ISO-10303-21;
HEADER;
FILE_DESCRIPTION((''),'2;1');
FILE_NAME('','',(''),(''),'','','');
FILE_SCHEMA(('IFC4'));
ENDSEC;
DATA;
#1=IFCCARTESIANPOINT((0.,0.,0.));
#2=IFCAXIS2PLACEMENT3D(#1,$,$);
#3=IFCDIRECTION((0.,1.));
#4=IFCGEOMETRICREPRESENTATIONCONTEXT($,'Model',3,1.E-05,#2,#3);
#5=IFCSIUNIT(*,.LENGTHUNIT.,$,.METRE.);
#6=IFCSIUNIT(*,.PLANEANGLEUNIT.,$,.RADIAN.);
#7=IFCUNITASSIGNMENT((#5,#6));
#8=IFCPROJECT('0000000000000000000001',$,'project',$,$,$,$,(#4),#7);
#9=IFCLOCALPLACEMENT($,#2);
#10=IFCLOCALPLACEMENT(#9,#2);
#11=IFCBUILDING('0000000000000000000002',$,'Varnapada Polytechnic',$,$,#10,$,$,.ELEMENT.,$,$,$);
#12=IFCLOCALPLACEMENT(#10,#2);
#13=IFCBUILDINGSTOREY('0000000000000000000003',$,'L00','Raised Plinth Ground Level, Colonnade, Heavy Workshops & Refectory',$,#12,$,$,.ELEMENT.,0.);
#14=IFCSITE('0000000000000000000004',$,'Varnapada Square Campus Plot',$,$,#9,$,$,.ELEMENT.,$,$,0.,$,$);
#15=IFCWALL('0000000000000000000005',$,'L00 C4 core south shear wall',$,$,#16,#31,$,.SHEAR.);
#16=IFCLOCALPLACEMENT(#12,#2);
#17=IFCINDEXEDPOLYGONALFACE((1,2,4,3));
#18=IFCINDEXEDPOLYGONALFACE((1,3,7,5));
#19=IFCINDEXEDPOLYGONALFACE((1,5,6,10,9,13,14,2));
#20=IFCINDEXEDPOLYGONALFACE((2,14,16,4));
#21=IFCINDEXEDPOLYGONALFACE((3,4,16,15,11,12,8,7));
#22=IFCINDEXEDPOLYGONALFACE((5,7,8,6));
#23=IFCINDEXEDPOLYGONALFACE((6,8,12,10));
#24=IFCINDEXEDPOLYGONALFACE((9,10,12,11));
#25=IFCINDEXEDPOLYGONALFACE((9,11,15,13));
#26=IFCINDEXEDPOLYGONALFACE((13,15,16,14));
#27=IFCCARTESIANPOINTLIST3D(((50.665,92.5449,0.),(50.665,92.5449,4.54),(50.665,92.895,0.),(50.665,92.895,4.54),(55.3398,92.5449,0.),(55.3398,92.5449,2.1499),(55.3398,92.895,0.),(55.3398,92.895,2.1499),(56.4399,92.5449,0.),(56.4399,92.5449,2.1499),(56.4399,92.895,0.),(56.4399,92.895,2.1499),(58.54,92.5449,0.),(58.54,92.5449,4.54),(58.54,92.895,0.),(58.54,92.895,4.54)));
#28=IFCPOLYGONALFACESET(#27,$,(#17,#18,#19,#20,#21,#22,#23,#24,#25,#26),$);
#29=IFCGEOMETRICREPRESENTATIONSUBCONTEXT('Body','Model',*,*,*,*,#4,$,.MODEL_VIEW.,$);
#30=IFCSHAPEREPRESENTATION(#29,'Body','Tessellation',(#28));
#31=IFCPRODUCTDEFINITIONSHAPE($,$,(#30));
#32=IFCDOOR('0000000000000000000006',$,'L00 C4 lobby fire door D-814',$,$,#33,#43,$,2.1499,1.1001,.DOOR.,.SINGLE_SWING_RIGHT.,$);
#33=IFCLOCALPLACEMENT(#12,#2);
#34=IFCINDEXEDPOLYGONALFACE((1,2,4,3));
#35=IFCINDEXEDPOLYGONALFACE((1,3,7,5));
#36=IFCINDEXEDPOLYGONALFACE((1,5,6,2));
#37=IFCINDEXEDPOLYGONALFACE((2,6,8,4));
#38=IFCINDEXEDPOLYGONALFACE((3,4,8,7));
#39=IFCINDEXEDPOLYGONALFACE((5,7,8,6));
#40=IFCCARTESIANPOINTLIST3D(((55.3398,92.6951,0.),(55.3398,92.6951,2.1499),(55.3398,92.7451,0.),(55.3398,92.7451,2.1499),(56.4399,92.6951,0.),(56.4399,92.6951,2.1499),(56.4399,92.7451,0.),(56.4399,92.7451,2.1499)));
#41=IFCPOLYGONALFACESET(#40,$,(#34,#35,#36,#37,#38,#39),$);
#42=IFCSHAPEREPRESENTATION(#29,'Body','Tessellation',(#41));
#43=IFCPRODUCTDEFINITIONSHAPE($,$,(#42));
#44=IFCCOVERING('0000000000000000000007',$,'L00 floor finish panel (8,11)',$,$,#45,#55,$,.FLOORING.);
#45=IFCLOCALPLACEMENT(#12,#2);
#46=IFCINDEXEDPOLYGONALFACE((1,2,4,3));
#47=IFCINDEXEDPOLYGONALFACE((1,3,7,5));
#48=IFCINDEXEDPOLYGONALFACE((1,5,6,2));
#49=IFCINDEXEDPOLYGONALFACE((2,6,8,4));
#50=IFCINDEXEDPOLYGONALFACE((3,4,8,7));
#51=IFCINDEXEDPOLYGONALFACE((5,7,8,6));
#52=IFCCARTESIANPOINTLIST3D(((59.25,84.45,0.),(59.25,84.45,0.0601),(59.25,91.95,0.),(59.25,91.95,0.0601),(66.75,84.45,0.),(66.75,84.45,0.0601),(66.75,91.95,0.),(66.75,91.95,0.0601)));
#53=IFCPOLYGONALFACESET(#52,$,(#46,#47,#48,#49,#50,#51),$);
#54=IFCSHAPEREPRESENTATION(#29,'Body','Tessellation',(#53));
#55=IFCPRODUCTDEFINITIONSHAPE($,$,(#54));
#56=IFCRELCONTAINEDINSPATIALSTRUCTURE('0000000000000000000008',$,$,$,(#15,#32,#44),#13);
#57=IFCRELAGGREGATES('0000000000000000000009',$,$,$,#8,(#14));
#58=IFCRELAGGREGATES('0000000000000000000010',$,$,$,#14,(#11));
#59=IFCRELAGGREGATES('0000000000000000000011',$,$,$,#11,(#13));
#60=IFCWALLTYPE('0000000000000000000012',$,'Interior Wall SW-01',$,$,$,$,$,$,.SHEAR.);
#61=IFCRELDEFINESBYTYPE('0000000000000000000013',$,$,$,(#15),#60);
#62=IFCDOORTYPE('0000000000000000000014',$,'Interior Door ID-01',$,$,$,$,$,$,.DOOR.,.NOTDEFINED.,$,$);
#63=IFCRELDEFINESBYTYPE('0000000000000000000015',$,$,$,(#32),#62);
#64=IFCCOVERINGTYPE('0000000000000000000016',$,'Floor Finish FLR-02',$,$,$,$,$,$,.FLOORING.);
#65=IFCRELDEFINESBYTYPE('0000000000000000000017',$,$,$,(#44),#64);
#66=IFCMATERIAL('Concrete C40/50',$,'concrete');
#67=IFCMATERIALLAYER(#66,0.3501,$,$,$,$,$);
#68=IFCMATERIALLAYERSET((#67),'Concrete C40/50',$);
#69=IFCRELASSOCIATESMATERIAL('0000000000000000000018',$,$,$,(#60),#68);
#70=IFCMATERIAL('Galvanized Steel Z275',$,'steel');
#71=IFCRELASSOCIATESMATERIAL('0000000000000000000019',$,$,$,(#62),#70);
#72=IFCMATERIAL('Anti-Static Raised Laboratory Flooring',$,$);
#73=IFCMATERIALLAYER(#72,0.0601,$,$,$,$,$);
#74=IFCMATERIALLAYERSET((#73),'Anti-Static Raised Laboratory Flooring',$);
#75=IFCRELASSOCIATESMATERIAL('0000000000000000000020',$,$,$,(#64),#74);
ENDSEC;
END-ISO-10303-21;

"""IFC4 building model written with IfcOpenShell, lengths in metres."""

from ifc_helpers import new_model, si_unit, direction, frame, frame_2d, origin, origin_2d, place, context, subcontext, project, spatial, rectangle, extrude, material, layer, layer_set, type_object, element, fill, save


model = new_model("IFC4")

# Units and contexts
model_context = context("Model", 3, precision=1e-05, world=origin(), true_north=direction((0.0, 1.0)))
body_context = subcontext(model_context, "Body", "Model", "MODEL_VIEW")
ifc_project = project(units=[si_unit("LENGTHUNIT", "METRE"), si_unit("PLANEANGLEUNIT", "RADIAN")], contexts=[model_context])

# Site, building, storey
site_placement = place(None, origin())
site = spatial("IfcSite", under=ifc_project, at=site_placement, Name="Varnapada Square Campus Plot", CompositionType="ELEMENT", RefElevation=0.0)
building_placement = place(site_placement, origin())
building = spatial("IfcBuilding", under=site, at=building_placement, Name="Varnapada Polytechnic", CompositionType="ELEMENT")
storey_placement = place(building_placement, origin())
storey = spatial("IfcBuildingStorey", under=building, at=storey_placement, Name="L00", Description="Raised Plinth Ground Level, Colonnade, Heavy Workshops & Refectory", CompositionType="ELEMENT", Elevation=0.0)

# Shared definitions
ifc_material_1 = material(Name="Concrete C40/50", Category="concrete")

# Wall, opening, door
ifc_layer_1 = layer(ifc_material_1, 0.3501)
ifc_layer_set_1 = layer_set([ifc_layer_1], Name="Concrete C40/50")
wall_type_1 = type_object("IfcWallType", Name="Interior Wall SW-01", PredefinedType="SHEAR", material=ifc_layer_set_1)
wall_1_placement = place(storey_placement, frame((58.54, 92.72, 0.0), z_axis=(0.0, 0.0, 1.0), x_axis=(-1.0, 0.0, 0.0)))
wall_1 = element("IfcWall", 1, at=wall_1_placement, inside=storey, type_object=wall_type_1, Name="L00 C4 core south shear wall", PredefinedType="SHEAR", context=body_context, shape_type="SweptSolid", body=[
    extrude(rectangle(XDim=7.875, YDim=0.3501, at=frame_2d((3.9375, 0.0))), origin(), (0.0, 0.0, 1.0), 4.54),
])
opening_1_placement = place(wall_1_placement, frame((2.1001, 0.0, 0.0)))
opening_1 = element("IfcOpeningElement", 2, at=opening_1_placement, cuts=wall_1, PredefinedType="OPENING", context=body_context, shape_type="SweptSolid", body=[
    extrude(rectangle(XDim=1.1001, YDim=2.1499, at=frame_2d((0.55, 1.075))), frame((0.0, 0.1851, 0.0), z_axis=(0.0, -1.0, 0.0), x_axis=(1.0, 0.0, 0.0)), (0.0, 0.0, 1.0), 0.3701),
])
ifc_material_2 = material(Name="Galvanized Steel Z275", Category="steel")
door_type_1 = type_object("IfcDoorType", Name="Interior Door ID-01", OperationType="NOTDEFINED", PredefinedType="DOOR", material=ifc_material_2)
door_1_placement = place(opening_1_placement, origin())
door_1 = element("IfcDoor", 3, at=door_1_placement, inside=storey, type_object=door_type_1, Name="L00 C4 lobby fire door D-814", OperationType="SINGLE_SWING_RIGHT", OverallHeight=2.1499, OverallWidth=1.1001, PredefinedType="DOOR", context=body_context, shape_type="SweptSolid", body=[
    extrude(rectangle(XDim=1.1001, YDim=2.1499, at=frame_2d((0.55, 1.075))), frame((0.0, 0.0249, 0.0), z_axis=(0.0, -1.0, 0.0), x_axis=(1.0, 0.0, 0.0)), (0.0, 0.0, 1.0), 0.05),
])
fill(opening_1, door_1)

# Covering
ifc_material_3 = material(Name="Anti-Static Raised Laboratory Flooring")
ifc_layer_2 = layer(ifc_material_3, 0.0601)
ifc_layer_set_2 = layer_set([ifc_layer_2], Name="Anti-Static Raised Laboratory Flooring")
covering_type = type_object("IfcCoveringType", Name="Floor Finish FLR-02", PredefinedType="FLOORING", material=ifc_layer_set_2)
covering_placement = place(storey_placement, frame((63.0, 88.2, 0.0), z_axis=(0.0, 0.0, 1.0), x_axis=(1.0, 0.0, 0.0)))
element("IfcCovering", 4, at=covering_placement, inside=storey, type_object=covering_type, Name="L00 floor finish panel (8,11)", PredefinedType="FLOORING", context=body_context, shape_type="SweptSolid", body=[
    extrude(rectangle(XDim=7.5, YDim=7.5, at=origin_2d()), origin(), (0.0, 0.0, 1.0), 0.0601),
])

save(model, "model.ifc")
